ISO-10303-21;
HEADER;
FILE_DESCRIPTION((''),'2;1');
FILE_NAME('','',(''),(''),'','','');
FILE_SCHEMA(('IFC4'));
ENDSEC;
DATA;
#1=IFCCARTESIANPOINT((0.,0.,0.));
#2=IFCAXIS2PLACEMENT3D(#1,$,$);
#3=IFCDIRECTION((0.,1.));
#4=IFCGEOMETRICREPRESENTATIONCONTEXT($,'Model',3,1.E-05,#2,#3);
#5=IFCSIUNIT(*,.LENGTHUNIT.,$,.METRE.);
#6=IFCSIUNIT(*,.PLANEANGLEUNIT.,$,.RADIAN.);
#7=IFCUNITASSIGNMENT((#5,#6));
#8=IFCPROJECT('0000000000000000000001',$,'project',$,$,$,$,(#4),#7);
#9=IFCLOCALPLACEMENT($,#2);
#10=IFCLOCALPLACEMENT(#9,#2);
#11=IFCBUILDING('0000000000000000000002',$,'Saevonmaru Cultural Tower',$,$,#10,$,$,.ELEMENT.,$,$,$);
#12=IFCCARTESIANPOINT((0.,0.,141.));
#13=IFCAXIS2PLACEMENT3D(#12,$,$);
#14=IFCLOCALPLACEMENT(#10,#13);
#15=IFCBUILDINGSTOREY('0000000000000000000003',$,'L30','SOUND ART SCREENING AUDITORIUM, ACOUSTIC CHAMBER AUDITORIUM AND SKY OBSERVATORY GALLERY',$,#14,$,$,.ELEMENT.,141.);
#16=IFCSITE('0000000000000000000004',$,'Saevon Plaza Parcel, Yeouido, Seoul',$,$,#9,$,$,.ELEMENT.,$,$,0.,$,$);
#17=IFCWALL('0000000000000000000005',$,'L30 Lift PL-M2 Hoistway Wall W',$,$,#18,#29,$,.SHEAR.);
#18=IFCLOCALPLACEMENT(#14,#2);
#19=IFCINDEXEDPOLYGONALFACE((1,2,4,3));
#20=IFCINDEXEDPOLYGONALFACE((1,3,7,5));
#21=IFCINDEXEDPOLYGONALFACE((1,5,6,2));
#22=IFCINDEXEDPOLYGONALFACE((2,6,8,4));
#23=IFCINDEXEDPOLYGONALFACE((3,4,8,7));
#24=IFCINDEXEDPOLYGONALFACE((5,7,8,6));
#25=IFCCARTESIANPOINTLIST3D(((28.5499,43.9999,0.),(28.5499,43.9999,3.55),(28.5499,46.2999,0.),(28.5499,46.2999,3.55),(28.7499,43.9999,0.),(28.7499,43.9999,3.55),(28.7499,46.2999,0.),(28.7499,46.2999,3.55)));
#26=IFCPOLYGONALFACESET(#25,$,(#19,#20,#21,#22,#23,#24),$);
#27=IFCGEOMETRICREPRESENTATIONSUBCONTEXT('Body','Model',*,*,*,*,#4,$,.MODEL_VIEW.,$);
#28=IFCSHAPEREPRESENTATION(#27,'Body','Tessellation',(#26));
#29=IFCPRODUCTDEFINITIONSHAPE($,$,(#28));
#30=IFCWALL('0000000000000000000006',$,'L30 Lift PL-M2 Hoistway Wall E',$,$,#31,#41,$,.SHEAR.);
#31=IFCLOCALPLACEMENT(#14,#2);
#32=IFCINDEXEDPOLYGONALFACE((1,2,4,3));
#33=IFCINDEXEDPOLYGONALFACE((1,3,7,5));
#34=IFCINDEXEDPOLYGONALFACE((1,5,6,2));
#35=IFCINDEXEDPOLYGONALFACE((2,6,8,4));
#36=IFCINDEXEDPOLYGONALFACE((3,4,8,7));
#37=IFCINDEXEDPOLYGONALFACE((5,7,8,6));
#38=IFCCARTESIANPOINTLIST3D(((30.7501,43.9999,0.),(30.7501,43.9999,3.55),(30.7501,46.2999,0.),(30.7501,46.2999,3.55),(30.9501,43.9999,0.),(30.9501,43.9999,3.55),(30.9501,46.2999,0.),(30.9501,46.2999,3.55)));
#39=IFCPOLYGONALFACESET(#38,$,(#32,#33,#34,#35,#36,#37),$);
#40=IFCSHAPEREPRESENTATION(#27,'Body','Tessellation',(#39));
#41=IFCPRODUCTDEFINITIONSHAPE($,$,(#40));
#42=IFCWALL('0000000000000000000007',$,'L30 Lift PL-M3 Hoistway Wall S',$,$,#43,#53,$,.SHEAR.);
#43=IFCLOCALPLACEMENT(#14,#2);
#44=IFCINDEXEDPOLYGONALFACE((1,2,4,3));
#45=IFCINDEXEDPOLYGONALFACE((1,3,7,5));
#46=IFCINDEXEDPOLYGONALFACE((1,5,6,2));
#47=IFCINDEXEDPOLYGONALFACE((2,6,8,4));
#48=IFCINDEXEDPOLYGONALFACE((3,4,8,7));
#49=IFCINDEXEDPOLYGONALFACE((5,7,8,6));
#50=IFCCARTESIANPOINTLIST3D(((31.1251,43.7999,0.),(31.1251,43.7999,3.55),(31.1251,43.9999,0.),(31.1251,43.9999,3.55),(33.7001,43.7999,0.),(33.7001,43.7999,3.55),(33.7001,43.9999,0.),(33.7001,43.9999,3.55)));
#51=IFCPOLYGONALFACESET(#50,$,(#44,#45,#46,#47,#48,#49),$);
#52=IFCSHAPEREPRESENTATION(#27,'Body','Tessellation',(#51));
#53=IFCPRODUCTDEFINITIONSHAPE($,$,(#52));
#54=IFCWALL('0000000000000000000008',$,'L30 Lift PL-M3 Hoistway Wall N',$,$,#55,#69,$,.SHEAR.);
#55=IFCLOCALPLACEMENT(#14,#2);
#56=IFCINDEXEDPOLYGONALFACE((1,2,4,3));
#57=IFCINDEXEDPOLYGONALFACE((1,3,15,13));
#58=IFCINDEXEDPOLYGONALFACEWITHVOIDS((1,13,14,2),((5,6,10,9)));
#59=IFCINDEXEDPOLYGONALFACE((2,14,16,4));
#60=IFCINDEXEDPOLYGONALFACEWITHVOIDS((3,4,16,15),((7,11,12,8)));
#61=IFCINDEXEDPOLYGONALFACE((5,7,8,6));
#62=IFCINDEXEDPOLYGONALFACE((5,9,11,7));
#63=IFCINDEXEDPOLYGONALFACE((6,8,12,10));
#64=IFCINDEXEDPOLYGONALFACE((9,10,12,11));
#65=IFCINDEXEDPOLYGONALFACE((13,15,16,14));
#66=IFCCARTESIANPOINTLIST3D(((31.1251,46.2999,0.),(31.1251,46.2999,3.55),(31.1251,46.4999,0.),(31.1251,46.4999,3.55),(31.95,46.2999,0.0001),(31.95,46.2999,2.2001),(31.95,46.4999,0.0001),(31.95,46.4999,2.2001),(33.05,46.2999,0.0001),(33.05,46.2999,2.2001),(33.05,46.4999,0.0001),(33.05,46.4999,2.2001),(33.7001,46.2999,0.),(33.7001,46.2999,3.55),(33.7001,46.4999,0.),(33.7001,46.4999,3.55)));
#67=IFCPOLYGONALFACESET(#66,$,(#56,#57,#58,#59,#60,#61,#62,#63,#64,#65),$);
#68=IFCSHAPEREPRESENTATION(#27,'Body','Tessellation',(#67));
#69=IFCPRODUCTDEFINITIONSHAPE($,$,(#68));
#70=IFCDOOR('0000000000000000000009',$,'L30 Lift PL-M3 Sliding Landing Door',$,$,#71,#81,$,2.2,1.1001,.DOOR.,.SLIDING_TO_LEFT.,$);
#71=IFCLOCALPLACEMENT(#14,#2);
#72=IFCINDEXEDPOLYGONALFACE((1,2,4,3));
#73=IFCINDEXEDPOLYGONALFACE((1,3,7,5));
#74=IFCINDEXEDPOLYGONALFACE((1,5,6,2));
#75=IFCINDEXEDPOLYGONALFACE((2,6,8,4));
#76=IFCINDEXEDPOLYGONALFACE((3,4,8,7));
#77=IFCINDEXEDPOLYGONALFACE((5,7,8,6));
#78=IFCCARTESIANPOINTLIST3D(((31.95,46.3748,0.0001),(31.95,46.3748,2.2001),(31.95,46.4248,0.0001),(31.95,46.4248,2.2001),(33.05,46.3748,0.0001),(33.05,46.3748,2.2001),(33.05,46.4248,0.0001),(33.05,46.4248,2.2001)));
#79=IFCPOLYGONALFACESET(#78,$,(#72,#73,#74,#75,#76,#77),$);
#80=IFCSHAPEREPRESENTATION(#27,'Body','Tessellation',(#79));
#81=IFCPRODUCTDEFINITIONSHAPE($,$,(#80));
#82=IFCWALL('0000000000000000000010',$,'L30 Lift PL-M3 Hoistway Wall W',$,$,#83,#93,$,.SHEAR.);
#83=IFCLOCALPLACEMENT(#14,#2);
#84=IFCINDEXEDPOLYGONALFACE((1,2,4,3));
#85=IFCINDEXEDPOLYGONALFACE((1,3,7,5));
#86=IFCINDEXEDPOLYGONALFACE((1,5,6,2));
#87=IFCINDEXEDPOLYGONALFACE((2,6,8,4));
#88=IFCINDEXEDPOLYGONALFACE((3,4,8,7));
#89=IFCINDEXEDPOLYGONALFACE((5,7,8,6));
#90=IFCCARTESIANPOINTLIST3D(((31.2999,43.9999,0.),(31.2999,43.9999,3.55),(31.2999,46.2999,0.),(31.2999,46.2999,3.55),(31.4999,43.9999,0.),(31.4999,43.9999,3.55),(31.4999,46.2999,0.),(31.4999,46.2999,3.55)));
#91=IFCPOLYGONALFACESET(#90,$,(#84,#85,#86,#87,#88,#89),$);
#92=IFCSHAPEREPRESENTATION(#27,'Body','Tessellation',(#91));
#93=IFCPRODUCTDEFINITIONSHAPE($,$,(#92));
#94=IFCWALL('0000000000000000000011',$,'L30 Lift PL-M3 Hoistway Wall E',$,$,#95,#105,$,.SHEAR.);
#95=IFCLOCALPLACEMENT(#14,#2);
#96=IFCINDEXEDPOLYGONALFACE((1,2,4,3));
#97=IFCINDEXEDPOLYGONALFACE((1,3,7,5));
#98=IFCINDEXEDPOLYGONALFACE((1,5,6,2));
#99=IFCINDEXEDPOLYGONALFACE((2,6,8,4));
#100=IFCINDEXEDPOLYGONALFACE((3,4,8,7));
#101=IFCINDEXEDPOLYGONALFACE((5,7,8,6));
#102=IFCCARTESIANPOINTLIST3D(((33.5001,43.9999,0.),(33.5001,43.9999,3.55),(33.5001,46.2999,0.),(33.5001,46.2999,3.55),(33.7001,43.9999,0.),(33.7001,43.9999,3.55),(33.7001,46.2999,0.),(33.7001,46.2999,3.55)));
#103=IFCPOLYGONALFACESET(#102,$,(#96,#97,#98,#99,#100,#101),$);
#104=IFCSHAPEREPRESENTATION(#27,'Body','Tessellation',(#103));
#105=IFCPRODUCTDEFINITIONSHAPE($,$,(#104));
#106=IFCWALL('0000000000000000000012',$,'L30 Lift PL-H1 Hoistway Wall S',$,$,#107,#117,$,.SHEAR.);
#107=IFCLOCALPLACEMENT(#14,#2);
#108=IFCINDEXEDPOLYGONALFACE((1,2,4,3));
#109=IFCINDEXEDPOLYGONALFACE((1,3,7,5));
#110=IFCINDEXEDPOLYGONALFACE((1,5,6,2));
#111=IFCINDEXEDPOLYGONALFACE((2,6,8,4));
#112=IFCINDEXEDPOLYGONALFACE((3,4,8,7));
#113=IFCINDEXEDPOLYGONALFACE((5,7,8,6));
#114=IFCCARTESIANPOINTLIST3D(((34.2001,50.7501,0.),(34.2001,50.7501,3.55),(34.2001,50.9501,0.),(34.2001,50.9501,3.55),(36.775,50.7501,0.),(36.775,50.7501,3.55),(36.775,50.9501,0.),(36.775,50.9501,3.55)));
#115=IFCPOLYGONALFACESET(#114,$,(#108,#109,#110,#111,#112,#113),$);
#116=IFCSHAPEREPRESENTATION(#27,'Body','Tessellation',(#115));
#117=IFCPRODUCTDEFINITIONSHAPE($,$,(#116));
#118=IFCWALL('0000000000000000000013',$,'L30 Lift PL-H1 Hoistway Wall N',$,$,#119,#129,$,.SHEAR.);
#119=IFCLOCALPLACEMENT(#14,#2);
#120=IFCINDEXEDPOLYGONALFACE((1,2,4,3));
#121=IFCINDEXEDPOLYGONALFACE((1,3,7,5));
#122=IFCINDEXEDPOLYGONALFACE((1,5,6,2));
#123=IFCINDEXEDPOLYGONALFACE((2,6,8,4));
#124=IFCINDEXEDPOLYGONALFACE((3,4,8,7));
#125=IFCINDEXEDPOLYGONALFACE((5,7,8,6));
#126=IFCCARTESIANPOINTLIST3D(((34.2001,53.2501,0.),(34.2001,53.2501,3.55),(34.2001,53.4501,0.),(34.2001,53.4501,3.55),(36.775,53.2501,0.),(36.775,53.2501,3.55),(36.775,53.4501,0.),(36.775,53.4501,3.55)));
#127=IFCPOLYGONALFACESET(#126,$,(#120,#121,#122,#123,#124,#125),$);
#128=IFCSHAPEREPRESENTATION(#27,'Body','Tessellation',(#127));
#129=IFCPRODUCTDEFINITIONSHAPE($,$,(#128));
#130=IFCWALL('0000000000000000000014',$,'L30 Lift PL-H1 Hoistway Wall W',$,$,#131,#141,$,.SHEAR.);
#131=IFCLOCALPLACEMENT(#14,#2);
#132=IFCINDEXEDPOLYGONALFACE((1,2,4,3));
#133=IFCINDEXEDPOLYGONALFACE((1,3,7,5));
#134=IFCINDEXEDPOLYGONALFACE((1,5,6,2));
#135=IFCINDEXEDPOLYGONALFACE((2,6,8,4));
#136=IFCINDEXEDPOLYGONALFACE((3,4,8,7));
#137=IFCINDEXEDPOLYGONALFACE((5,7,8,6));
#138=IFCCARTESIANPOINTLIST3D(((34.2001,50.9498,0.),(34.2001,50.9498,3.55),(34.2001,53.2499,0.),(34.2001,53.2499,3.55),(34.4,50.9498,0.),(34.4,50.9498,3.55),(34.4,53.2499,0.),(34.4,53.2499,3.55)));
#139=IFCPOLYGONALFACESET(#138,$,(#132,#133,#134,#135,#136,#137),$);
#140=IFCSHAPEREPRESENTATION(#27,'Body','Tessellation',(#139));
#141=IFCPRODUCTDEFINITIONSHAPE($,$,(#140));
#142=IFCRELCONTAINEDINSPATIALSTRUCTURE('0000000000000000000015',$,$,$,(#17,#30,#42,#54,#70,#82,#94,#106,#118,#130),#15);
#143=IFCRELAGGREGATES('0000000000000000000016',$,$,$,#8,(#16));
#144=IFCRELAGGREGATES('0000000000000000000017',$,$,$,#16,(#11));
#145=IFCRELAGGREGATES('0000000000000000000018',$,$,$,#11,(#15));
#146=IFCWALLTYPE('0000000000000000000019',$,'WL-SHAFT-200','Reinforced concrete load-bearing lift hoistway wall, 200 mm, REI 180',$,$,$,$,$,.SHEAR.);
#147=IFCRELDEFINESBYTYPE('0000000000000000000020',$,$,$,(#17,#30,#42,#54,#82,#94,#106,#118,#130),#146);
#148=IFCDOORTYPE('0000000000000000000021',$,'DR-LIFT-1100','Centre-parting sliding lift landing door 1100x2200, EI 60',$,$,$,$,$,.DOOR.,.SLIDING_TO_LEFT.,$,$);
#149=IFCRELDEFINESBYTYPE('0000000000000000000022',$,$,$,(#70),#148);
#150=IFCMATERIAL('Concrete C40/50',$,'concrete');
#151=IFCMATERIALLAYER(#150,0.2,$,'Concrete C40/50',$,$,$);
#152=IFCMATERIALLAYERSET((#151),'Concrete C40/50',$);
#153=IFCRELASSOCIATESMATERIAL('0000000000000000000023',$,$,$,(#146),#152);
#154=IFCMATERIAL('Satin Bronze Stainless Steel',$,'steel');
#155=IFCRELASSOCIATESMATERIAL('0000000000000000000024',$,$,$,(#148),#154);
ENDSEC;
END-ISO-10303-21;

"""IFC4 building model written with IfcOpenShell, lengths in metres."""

from ifc_helpers import new_model, si_unit, direction, frame, frame_2d, origin, place, context, subcontext, project, spatial, rectangle, extrude, material, layer, layer_set, type_object, element, fill, save


model = new_model("IFC4")

# Units and contexts
model_context = context("Model", 3, precision=1e-05, world=origin(), true_north=direction((0.0, 1.0)))
body_context = subcontext(model_context, "Body", "Model", "MODEL_VIEW")
ifc_project = project(units=[si_unit("LENGTHUNIT", "METRE"), si_unit("PLANEANGLEUNIT", "RADIAN")], contexts=[model_context])

# Site, building, storey
site_placement = place(None, origin())
site = spatial("IfcSite", under=ifc_project, at=site_placement, Name="Saevon Plaza Parcel, Yeouido, Seoul", CompositionType="ELEMENT", RefElevation=0.0)
building_placement = place(site_placement, origin())
building = spatial("IfcBuilding", under=site, at=building_placement, Name="Saevonmaru Cultural Tower", CompositionType="ELEMENT")
storey_placement = place(building_placement, frame((0.0, 0.0, 141.0)))
storey = spatial("IfcBuildingStorey", under=building, at=storey_placement, Name="L30", Description="SOUND ART SCREENING AUDITORIUM, ACOUSTIC CHAMBER AUDITORIUM AND SKY OBSERVATORY GALLERY", CompositionType="ELEMENT", Elevation=141.0)

# Shared definitions
ifc_material_1 = material(Name="Concrete C40/50", Category="concrete")
ifc_layer_1 = layer(ifc_material_1, 0.2, Name="Concrete C40/50")
ifc_layer_set_1 = layer_set([ifc_layer_1], Name="Concrete C40/50")
wall_type_1 = type_object("IfcWallType", Name="WL-SHAFT-200", Description="Reinforced concrete load-bearing lift hoistway wall, 200 mm, REI 180", PredefinedType="SHEAR", material=ifc_layer_set_1)

# Shared definitions
ifc_material_2 = material(Name="Satin Bronze Stainless Steel", Category="steel")
door_type_1 = type_object("IfcDoorType", Name="DR-LIFT-1100", Description="Centre-parting sliding lift landing door 1100x2200, EI 60", OperationType="SLIDING_TO_LEFT", PredefinedType="DOOR", material=ifc_material_2)

# Walls
for number, where, z_axis, x_axis, name in (
    (1, (28.6499, 44.0, 0.0), (0.0, 0.0, 1.0), (0.0, 1.0, 0.0), "L30 Lift PL-M2 Hoistway Wall W"),
    (2, (30.8501, 44.0, 0.0), (0.0, 0.0, 1.0), (0.0, 1.0, 0.0), "L30 Lift PL-M2 Hoistway Wall E"),
):
    element("IfcWall", number, at=place(storey_placement, frame(where, z_axis=z_axis, x_axis=x_axis)), inside=storey, type_object=wall_type_1, Name=name, PredefinedType="SHEAR", context=body_context, shape_type="SweptSolid", body=[
        extrude(rectangle(XDim=2.3, YDim=0.2, at=frame_2d((1.1499, 0.0))), origin(), (0.0, 0.0, 1.0), 3.55),
    ])
wall_1_placement = place(storey_placement, frame((31.125, 43.8999, 0.0), z_axis=(0.0, 0.0, 1.0), x_axis=(1.0, 0.0, 0.0)))
element("IfcWall", 3, at=wall_1_placement, inside=storey, type_object=wall_type_1, Name="L30 Lift PL-M3 Hoistway Wall S", PredefinedType="SHEAR", context=body_context, shape_type="SweptSolid", body=[
    extrude(rectangle(XDim=2.575, YDim=0.2, at=frame_2d((1.2876, 0.0))), origin(), (0.0, 0.0, 1.0), 3.55),
])

# Wall, opening, door
wall_2_placement = place(storey_placement, frame((31.125, 46.3999, 0.0), z_axis=(0.0, 0.0, 1.0), x_axis=(1.0, 0.0, 0.0)))
wall_2 = element("IfcWall", 4, at=wall_2_placement, inside=storey, type_object=wall_type_1, Name="L30 Lift PL-M3 Hoistway Wall N", PredefinedType="SHEAR", context=body_context, shape_type="SweptSolid", body=[
    extrude(rectangle(XDim=2.575, YDim=0.2, at=frame_2d((1.2876, 0.0))), origin(), (0.0, 0.0, 1.0), 3.55),
])
opening_1_placement = place(wall_2_placement, frame((0.825, 0.0, 0.0)))
opening_1 = element("IfcOpeningElement", 5, at=opening_1_placement, cuts=wall_2, PredefinedType="OPENING", context=body_context, shape_type="SweptSolid", body=[
    extrude(rectangle(XDim=1.1001, YDim=2.2, at=frame_2d((0.55, 1.1001))), frame((0.0, 0.1099, 0.0), z_axis=(0.0, -1.0, 0.0), x_axis=(1.0, 0.0, 0.0)), (0.0, 0.0, 1.0), 0.22),
])
door_1_placement = place(opening_1_placement, origin())
door_1 = element("IfcDoor", 6, at=door_1_placement, inside=storey, type_object=door_type_1, Name="L30 Lift PL-M3 Sliding Landing Door", OperationType="SLIDING_TO_LEFT", OverallHeight=2.2, OverallWidth=1.1001, PredefinedType="DOOR", context=body_context, shape_type="SweptSolid", body=[
    extrude(rectangle(XDim=1.1001, YDim=2.2, at=frame_2d((0.55, 1.1001))), frame((0.0, 0.0249, 0.0), z_axis=(0.0, -1.0, 0.0), x_axis=(1.0, 0.0, 0.0)), (0.0, 0.0, 1.0), 0.05),
])
fill(opening_1, door_1)

# Walls
for number, where, z_axis, x_axis, name in (
    (7, (31.3999, 44.0, 0.0), (0.0, 0.0, 1.0), (0.0, 1.0, 0.0), "L30 Lift PL-M3 Hoistway Wall W"),
    (8, (33.6001, 44.0, 0.0), (0.0, 0.0, 1.0), (0.0, 1.0, 0.0), "L30 Lift PL-M3 Hoistway Wall E"),
):
    element("IfcWall", number, at=place(storey_placement, frame(where, z_axis=z_axis, x_axis=x_axis)), inside=storey, type_object=wall_type_1, Name=name, PredefinedType="SHEAR", context=body_context, shape_type="SweptSolid", body=[
        extrude(rectangle(XDim=2.3, YDim=0.2, at=frame_2d((1.1499, 0.0))), origin(), (0.0, 0.0, 1.0), 3.55),
    ])
for number, where, z_axis, x_axis, name in (
    (9, (34.2, 50.8501, 0.0), (0.0, 0.0, 1.0), (1.0, 0.0, 0.0), "L30 Lift PL-H1 Hoistway Wall S"),
    (10, (34.2, 53.3501, 0.0), (0.0, 0.0, 1.0), (1.0, 0.0, 0.0), "L30 Lift PL-H1 Hoistway Wall N"),
):
    element("IfcWall", number, at=place(storey_placement, frame(where, z_axis=z_axis, x_axis=x_axis)), inside=storey, type_object=wall_type_1, Name=name, PredefinedType="SHEAR", context=body_context, shape_type="SweptSolid", body=[
        extrude(rectangle(XDim=2.575, YDim=0.2, at=frame_2d((1.2876, 0.0))), origin(), (0.0, 0.0, 1.0), 3.55),
    ])
wall_3_placement = place(storey_placement, frame((34.3, 50.95, 0.0), z_axis=(0.0, 0.0, 1.0), x_axis=(0.0, 1.0, 0.0)))
element("IfcWall", 11, at=wall_3_placement, inside=storey, type_object=wall_type_1, Name="L30 Lift PL-H1 Hoistway Wall W", PredefinedType="SHEAR", context=body_context, shape_type="SweptSolid", body=[
    extrude(rectangle(XDim=2.3, YDim=0.2, at=frame_2d((1.1499, 0.0))), origin(), (0.0, 0.0, 1.0), 3.55),
])

save(model, "model.ifc")
